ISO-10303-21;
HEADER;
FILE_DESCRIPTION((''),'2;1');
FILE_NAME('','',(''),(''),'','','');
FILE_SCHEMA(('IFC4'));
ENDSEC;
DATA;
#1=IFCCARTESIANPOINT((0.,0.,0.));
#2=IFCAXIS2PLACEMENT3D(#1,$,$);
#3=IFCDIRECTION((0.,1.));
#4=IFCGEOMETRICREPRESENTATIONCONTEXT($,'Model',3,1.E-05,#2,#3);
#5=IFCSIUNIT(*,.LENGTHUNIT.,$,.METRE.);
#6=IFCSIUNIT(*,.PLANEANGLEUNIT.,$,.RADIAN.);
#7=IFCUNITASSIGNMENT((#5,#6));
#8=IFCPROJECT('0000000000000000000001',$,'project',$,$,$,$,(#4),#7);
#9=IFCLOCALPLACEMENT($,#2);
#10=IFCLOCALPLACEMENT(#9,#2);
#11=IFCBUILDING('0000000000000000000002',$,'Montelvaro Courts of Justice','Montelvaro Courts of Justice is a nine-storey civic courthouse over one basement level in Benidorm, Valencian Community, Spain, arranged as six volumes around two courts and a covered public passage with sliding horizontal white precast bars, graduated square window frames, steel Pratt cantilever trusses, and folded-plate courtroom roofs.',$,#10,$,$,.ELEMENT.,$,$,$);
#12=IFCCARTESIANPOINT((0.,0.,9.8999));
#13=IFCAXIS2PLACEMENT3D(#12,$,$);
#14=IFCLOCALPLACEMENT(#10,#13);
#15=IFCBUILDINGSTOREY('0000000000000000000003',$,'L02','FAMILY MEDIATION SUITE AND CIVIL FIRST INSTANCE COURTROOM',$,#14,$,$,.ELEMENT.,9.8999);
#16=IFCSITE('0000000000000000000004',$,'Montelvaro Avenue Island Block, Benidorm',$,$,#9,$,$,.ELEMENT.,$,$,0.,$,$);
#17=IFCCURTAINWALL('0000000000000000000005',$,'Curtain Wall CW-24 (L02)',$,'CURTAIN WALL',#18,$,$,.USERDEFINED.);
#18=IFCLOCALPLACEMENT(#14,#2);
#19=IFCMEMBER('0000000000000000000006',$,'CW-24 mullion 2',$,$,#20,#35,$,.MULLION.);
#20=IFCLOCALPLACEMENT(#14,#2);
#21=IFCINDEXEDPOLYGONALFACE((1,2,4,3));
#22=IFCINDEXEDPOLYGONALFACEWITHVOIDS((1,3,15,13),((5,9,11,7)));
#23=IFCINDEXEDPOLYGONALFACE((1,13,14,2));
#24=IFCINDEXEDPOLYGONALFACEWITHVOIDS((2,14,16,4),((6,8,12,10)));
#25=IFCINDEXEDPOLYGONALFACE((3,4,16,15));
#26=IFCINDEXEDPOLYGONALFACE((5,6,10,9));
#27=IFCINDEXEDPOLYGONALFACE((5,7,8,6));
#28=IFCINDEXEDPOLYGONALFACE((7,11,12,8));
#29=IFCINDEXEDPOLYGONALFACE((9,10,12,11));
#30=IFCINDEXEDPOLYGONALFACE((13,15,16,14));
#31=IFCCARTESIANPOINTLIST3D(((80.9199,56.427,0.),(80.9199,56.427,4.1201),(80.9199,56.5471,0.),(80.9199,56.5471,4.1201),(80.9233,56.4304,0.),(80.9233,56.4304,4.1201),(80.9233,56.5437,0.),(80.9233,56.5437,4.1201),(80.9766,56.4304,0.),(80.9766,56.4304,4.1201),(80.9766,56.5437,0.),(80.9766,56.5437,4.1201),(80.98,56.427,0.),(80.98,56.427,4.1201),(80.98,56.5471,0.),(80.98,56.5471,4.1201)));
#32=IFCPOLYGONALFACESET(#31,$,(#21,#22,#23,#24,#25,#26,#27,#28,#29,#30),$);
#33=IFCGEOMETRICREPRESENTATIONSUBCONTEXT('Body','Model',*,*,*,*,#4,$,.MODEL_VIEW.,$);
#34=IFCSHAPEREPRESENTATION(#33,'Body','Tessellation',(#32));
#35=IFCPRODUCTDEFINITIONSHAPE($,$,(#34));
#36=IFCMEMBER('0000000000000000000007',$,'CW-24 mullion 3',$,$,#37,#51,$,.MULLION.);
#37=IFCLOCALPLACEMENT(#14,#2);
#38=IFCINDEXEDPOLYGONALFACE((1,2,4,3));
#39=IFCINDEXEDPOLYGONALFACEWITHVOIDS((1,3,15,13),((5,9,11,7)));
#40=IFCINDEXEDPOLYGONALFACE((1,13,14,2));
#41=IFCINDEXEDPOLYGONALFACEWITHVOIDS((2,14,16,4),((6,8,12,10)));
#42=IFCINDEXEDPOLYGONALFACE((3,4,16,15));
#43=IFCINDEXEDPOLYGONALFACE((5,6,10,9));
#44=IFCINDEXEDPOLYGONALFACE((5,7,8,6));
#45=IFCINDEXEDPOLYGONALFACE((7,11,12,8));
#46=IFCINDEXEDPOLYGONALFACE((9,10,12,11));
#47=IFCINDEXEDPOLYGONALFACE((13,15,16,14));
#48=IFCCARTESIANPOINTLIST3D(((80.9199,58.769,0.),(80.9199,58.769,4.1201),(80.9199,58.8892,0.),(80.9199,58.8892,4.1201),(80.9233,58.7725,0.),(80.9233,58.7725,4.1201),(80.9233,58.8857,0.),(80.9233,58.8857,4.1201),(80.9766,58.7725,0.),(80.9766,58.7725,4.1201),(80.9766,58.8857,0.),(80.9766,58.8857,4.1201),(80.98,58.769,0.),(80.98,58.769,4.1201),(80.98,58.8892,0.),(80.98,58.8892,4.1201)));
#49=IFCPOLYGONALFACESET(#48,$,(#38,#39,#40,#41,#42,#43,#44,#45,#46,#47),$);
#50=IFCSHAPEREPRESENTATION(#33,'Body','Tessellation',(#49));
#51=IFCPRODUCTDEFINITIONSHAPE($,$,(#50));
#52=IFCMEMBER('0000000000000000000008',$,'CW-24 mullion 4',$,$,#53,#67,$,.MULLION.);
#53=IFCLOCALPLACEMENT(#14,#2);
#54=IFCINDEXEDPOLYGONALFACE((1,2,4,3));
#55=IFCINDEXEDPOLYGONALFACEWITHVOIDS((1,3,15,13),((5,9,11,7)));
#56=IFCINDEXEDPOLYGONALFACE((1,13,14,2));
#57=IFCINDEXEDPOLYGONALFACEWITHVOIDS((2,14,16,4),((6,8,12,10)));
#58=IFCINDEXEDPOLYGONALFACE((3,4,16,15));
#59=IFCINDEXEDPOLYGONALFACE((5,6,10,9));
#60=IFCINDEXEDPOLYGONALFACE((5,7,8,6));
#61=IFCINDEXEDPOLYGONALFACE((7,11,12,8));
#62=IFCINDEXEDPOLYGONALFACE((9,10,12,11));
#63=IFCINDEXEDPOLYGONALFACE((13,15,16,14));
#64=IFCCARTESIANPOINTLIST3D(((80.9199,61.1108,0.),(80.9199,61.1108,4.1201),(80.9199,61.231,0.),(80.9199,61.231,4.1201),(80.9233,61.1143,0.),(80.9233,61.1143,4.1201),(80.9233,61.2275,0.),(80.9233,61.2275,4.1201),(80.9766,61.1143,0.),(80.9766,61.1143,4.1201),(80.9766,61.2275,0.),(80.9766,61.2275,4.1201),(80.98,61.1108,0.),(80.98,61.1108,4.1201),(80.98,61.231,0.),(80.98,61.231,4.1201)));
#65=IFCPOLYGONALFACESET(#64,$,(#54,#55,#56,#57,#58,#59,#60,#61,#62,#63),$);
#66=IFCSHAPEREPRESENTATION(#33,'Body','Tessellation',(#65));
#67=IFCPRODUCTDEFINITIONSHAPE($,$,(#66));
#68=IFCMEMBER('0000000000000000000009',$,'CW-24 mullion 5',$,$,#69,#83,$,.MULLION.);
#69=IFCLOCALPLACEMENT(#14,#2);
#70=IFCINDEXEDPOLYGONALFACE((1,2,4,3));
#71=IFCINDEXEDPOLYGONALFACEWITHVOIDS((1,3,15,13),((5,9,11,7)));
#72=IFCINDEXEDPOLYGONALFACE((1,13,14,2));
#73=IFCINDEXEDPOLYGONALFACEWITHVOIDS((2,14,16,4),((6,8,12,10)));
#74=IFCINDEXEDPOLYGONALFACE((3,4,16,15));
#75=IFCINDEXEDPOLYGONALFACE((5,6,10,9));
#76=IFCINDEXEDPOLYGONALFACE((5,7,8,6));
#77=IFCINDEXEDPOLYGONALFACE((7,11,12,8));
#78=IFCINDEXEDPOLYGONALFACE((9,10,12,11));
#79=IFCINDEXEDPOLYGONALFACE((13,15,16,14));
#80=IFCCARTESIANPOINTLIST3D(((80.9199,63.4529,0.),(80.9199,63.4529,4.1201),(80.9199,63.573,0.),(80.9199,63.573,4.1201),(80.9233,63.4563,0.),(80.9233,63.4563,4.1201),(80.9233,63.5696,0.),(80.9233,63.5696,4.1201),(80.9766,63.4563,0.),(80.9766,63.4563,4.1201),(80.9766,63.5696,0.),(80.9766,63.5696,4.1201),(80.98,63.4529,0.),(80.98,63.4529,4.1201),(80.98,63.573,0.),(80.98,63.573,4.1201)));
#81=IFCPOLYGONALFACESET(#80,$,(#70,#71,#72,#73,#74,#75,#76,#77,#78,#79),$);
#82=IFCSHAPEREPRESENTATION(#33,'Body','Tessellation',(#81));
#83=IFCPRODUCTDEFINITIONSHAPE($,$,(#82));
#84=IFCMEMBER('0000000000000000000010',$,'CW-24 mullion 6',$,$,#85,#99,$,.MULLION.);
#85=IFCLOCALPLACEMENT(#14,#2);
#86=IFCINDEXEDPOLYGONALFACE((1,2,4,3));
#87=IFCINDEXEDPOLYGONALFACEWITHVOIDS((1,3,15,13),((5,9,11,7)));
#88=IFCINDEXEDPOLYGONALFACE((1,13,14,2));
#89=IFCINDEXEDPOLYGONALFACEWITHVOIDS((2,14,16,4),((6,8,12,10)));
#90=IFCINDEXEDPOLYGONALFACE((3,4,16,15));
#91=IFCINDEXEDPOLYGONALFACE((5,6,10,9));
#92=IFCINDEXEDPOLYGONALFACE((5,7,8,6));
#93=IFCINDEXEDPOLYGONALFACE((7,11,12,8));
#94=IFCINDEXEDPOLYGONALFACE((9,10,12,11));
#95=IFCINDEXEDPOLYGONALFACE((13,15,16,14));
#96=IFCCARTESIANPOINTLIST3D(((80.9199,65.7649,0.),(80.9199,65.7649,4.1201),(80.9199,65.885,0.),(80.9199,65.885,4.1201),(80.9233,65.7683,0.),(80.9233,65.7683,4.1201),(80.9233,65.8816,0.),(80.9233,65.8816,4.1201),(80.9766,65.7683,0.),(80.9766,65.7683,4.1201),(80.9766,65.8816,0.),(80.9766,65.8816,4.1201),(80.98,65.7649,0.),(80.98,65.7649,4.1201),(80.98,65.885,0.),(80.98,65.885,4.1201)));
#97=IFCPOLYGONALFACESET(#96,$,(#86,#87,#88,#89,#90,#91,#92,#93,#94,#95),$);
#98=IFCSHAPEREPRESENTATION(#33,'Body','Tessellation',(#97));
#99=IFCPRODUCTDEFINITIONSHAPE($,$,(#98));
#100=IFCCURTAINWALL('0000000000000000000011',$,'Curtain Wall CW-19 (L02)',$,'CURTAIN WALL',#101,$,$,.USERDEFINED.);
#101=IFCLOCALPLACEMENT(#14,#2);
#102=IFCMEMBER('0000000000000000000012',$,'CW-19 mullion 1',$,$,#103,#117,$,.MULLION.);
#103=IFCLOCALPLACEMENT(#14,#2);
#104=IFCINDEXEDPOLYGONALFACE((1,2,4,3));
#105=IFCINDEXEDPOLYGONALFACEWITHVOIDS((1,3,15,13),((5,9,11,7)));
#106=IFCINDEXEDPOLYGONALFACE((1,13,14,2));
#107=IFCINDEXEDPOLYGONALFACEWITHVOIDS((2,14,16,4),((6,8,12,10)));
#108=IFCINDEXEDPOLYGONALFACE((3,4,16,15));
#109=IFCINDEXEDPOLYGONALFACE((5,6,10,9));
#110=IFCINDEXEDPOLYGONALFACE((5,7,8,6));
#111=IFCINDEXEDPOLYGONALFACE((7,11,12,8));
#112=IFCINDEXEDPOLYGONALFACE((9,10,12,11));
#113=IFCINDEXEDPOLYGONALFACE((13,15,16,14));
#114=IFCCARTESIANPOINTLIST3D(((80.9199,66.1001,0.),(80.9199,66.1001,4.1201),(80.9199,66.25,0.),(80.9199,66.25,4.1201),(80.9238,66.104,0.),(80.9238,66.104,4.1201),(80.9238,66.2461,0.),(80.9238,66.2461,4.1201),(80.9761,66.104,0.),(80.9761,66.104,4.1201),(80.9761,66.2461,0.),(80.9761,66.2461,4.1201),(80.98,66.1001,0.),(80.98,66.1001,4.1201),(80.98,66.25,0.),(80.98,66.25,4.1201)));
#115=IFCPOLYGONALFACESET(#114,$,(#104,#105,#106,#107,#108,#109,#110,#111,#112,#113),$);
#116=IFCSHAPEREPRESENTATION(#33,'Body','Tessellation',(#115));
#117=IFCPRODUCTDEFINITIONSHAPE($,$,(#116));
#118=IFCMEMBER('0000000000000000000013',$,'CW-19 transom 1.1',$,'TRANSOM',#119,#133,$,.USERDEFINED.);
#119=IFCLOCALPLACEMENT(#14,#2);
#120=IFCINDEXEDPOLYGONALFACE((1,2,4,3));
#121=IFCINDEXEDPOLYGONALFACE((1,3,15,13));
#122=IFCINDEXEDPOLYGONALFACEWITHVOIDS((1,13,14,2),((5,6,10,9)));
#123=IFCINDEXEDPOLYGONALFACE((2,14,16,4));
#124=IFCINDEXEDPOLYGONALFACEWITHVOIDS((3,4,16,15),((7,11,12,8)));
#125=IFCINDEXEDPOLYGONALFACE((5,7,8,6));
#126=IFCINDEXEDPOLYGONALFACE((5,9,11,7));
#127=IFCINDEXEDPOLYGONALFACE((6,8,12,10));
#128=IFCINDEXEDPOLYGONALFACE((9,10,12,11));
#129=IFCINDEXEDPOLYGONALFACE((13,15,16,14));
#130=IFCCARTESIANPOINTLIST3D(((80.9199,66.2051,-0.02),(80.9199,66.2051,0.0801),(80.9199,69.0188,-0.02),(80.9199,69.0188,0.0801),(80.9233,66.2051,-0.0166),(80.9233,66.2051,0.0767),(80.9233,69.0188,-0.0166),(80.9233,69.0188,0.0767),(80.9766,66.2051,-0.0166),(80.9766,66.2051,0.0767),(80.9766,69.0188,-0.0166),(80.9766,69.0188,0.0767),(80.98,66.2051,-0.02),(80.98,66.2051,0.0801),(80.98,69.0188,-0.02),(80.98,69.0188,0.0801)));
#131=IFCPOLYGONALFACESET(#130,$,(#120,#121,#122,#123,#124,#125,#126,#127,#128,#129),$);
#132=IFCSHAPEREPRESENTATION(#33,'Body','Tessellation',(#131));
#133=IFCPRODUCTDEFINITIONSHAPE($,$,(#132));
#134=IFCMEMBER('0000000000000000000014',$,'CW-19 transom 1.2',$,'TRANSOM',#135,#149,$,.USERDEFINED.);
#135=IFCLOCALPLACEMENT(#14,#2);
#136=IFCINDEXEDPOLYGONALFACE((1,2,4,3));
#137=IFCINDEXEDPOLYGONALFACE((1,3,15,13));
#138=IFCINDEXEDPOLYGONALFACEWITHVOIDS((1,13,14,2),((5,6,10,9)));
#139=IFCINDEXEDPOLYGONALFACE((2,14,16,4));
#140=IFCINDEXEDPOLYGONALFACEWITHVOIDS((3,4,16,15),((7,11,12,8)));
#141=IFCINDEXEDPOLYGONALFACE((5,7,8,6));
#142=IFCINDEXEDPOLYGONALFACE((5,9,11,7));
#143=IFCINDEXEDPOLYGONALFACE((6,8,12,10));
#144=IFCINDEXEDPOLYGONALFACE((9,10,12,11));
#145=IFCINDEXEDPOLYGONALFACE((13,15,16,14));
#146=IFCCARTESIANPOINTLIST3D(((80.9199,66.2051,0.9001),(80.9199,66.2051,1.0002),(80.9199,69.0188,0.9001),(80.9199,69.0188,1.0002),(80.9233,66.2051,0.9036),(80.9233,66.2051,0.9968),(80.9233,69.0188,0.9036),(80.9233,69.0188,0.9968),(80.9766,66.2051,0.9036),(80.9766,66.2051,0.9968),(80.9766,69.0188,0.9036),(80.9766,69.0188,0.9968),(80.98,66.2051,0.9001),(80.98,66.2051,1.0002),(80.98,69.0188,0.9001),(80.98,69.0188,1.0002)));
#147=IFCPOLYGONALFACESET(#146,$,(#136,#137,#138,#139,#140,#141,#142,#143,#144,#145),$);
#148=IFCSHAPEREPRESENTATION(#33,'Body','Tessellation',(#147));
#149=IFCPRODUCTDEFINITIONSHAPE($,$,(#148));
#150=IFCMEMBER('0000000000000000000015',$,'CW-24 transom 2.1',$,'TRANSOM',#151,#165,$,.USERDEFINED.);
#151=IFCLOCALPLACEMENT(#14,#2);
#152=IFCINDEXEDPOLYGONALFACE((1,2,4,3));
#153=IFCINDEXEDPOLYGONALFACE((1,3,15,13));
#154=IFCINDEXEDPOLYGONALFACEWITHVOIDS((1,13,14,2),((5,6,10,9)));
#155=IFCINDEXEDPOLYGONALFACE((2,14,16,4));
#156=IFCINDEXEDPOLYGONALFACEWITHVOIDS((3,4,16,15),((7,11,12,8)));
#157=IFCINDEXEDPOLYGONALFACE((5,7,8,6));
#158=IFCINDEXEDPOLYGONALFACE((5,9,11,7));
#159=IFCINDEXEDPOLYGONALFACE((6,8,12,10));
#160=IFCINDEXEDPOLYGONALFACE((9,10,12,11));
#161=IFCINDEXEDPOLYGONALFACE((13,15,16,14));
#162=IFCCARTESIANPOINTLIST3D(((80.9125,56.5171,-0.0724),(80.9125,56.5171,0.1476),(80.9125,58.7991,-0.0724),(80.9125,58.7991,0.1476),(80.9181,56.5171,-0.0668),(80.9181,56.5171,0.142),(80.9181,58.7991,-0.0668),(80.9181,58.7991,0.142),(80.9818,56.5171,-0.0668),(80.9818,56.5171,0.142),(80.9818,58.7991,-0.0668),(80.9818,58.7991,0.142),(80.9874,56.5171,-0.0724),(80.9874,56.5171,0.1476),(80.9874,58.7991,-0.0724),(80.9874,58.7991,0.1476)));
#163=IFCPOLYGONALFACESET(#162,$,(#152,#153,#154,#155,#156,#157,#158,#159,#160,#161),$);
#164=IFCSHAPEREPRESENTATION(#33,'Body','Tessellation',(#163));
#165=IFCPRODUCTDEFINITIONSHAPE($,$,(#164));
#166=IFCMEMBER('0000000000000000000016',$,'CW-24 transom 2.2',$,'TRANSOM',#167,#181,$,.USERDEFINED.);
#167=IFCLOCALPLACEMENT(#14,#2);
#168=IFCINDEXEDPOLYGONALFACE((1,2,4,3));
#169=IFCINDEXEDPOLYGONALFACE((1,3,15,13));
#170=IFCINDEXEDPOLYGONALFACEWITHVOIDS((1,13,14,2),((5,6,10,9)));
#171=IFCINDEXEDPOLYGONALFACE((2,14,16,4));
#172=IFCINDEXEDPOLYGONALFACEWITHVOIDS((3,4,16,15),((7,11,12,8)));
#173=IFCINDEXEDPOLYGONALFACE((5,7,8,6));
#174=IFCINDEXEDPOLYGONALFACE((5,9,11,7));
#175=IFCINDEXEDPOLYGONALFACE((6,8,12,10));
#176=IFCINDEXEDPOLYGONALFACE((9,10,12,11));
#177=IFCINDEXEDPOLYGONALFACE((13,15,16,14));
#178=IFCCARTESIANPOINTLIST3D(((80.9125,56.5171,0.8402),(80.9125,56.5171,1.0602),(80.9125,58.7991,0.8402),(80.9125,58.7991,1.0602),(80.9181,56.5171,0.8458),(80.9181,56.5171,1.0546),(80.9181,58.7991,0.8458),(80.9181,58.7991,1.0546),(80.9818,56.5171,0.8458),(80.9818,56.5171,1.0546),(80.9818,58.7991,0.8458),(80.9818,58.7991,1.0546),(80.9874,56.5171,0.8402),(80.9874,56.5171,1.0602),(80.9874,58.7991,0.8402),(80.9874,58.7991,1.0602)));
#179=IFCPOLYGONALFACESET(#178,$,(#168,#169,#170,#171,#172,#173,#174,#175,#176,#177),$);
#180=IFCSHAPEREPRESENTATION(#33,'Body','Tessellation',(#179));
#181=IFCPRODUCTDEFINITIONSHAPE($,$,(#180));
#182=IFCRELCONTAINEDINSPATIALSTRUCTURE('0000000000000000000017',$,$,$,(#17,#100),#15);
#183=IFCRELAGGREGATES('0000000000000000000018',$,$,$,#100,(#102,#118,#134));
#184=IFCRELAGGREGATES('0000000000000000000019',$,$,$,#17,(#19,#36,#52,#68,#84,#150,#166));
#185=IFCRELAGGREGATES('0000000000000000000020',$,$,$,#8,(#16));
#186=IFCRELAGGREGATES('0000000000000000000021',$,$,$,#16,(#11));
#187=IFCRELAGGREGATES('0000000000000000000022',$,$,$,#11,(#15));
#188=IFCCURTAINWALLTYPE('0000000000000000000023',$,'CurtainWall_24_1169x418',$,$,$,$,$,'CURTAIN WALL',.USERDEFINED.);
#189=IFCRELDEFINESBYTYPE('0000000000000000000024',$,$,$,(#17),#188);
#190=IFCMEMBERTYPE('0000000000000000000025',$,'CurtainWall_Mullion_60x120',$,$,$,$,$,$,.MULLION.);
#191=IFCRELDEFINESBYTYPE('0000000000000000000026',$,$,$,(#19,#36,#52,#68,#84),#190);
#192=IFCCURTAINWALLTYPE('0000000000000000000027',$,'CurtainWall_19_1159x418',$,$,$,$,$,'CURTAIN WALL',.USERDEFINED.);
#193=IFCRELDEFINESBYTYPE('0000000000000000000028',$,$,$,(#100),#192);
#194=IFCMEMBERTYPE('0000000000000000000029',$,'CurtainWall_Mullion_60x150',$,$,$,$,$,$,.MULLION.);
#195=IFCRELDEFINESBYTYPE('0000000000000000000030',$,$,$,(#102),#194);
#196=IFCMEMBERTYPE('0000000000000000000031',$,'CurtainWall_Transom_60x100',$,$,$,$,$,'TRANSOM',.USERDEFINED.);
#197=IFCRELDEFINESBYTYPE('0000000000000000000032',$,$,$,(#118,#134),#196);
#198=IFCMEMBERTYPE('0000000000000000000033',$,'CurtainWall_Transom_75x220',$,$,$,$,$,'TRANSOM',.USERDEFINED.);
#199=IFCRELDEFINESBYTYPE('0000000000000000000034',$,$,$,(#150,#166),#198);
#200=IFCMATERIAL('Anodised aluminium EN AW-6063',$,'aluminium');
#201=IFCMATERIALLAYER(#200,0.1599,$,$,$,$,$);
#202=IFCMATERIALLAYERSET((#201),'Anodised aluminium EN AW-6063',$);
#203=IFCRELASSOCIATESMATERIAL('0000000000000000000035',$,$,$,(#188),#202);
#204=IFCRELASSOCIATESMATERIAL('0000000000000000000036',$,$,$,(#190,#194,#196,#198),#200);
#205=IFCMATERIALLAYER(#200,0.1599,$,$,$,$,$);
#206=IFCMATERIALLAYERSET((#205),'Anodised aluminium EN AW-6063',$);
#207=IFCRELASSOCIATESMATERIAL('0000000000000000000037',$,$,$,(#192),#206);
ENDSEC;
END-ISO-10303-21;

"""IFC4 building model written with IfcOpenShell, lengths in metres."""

from ifc_helpers import new_model, si_unit, direction, frame, origin, origin_2d, place, context, subcontext, project, spatial, hollow_rectangle, extrude, material, layer, layer_set, material_profile, profile_set, type_object, element, aggregate, save


model = new_model("IFC4")

# Units and contexts
model_context = context("Model", 3, precision=1e-05, world=origin(), true_north=direction((0.0, 1.0)))
body_context = subcontext(model_context, "Body", "Model", "MODEL_VIEW")
ifc_project = project(units=[si_unit("LENGTHUNIT", "METRE"), si_unit("PLANEANGLEUNIT", "RADIAN")], contexts=[model_context])

# Site, building, storey
site_placement = place(None, origin())
site = spatial("IfcSite", under=ifc_project, at=site_placement, Name="Montelvaro Avenue Island Block, Benidorm", CompositionType="ELEMENT", RefElevation=0.0)
building_placement = place(site_placement, origin())
building = spatial("IfcBuilding", under=site, at=building_placement, Name="Montelvaro Courts of Justice", Description="Montelvaro Courts of Justice is a nine-storey civic courthouse over one basement level in Benidorm, Valencian Community, Spain, arranged as six volumes around two courts and a covered public passage with sliding horizontal white precast bars, graduated square window frames, steel Pratt cantilever trusses, and folded-plate courtroom roofs.", CompositionType="ELEMENT")
storey_placement = place(building_placement, frame((0.0, 0.0, 9.8999)))
storey = spatial("IfcBuildingStorey", under=building, at=storey_placement, Name="L02", Description="FAMILY MEDIATION SUITE AND CIVIL FIRST INSTANCE COURTROOM", CompositionType="ELEMENT", Elevation=9.8999)

# Curtain walls, members
ifc_material_1 = material(Name="Anodised aluminium EN AW-6063", Category="aluminium")
ifc_layer_1 = layer(ifc_material_1, 0.1599)
ifc_layer_set_1 = layer_set([ifc_layer_1], Name="Anodised aluminium EN AW-6063")
curtain_wall_type_1 = type_object("IfcCurtainWallType", Name="CurtainWall_24_1169x418", ElementType="CURTAIN WALL", PredefinedType="USERDEFINED", material=ifc_layer_set_1)
curtain_wall_1_placement = place(storey_placement, origin())
curtain_wall_1 = element("IfcCurtainWall", 1, at=curtain_wall_1_placement, inside=storey, type_object=curtain_wall_type_1, Name="Curtain Wall CW-24 (L02)", ObjectType="CURTAIN WALL", PredefinedType="USERDEFINED")
ifc_material_profile_1 = material_profile(ifc_material_1, hollow_rectangle(XDim=0.0601, YDim=0.1201, WallThickness=0.0034, at=origin_2d()), Name="ALU-M 60x120")
ifc_profile_set_1 = profile_set([ifc_material_profile_1], Name="Anodised aluminium EN AW-6063")
member_type_1 = type_object("IfcMemberType", Name="CurtainWall_Mullion_60x120", PredefinedType="MULLION", material=ifc_profile_set_1)
member_1_placement = place(storey_placement, frame((80.95, 56.4871, 0.0), z_axis=(0.0, 0.0, 1.0), x_axis=(-1.0, 0.0, 0.0)))
member_1 = element("IfcMember", 2, at=member_1_placement, type_object=member_type_1, Name="CW-24 mullion 2", PredefinedType="MULLION", context=body_context, shape_type="SweptSolid", body=[
    extrude(hollow_rectangle(XDim=0.0601, YDim=0.1201, WallThickness=0.0034, at=origin_2d()), origin(), (0.0, 0.0, 1.0), 4.1201),
])
member_2_placement = place(storey_placement, frame((80.95, 58.8291, 0.0), z_axis=(0.0, 0.0, 1.0), x_axis=(-1.0, 0.0, 0.0)))
member_2 = element("IfcMember", 3, at=member_2_placement, type_object=member_type_1, Name="CW-24 mullion 3", PredefinedType="MULLION", context=body_context, shape_type="SweptSolid", body=[
    extrude(hollow_rectangle(XDim=0.0601, YDim=0.1201, WallThickness=0.0034, at=origin_2d()), origin(), (0.0, 0.0, 1.0), 4.1201),
])
member_3_placement = place(storey_placement, frame((80.95, 61.1709, 0.0), z_axis=(0.0, 0.0, 1.0), x_axis=(-1.0, 0.0, 0.0)))
member_3 = element("IfcMember", 4, at=member_3_placement, type_object=member_type_1, Name="CW-24 mullion 4", PredefinedType="MULLION", context=body_context, shape_type="SweptSolid", body=[
    extrude(hollow_rectangle(XDim=0.0601, YDim=0.1201, WallThickness=0.0034, at=origin_2d()), origin(), (0.0, 0.0, 1.0), 4.1201),
])
member_4_placement = place(storey_placement, frame((80.95, 63.5129, 0.0), z_axis=(0.0, 0.0, 1.0), x_axis=(-1.0, 0.0, 0.0)))
member_4 = element("IfcMember", 5, at=member_4_placement, type_object=member_type_1, Name="CW-24 mullion 5", PredefinedType="MULLION", context=body_context, shape_type="SweptSolid", body=[
    extrude(hollow_rectangle(XDim=0.0601, YDim=0.1201, WallThickness=0.0034, at=origin_2d()), origin(), (0.0, 0.0, 1.0), 4.1201),
])
member_5_placement = place(storey_placement, frame((80.95, 65.825, 0.0), z_axis=(0.0, 0.0, 1.0), x_axis=(-1.0, 0.0, 0.0)))
member_5 = element("IfcMember", 6, at=member_5_placement, type_object=member_type_1, Name="CW-24 mullion 6", PredefinedType="MULLION", context=body_context, shape_type="SweptSolid", body=[
    extrude(hollow_rectangle(XDim=0.0601, YDim=0.1201, WallThickness=0.0034, at=origin_2d()), origin(), (0.0, 0.0, 1.0), 4.1201),
])
ifc_layer_2 = layer(ifc_material_1, 0.1599)
ifc_layer_set_2 = layer_set([ifc_layer_2], Name="Anodised aluminium EN AW-6063")
curtain_wall_type_2 = type_object("IfcCurtainWallType", Name="CurtainWall_19_1159x418", ElementType="CURTAIN WALL", PredefinedType="USERDEFINED", material=ifc_layer_set_2)
curtain_wall_2_placement = place(storey_placement, origin())
curtain_wall_2 = element("IfcCurtainWall", 7, at=curtain_wall_2_placement, inside=storey, type_object=curtain_wall_type_2, Name="Curtain Wall CW-19 (L02)", ObjectType="CURTAIN WALL", PredefinedType="USERDEFINED")
ifc_material_profile_2 = material_profile(ifc_material_1, hollow_rectangle(XDim=0.0601, YDim=0.1499, WallThickness=0.0039, at=origin_2d()), Name="ALU-M 60x150")
ifc_profile_set_2 = profile_set([ifc_material_profile_2], Name="Anodised aluminium EN AW-6063")
member_type_2 = type_object("IfcMemberType", Name="CurtainWall_Mullion_60x150", PredefinedType="MULLION", material=ifc_profile_set_2)
member_6_placement = place(storey_placement, frame((80.95, 66.175, 0.0), z_axis=(0.0, 0.0, 1.0), x_axis=(-1.0, 0.0, 0.0)))
member_6 = element("IfcMember", 8, at=member_6_placement, type_object=member_type_2, Name="CW-19 mullion 1", PredefinedType="MULLION", context=body_context, shape_type="SweptSolid", body=[
    extrude(hollow_rectangle(XDim=0.0601, YDim=0.1499, WallThickness=0.0039, at=origin_2d()), origin(), (0.0, 0.0, 1.0), 4.1201),
])
ifc_material_profile_3 = material_profile(ifc_material_1, hollow_rectangle(XDim=0.0601, YDim=0.1001, WallThickness=0.0034, at=origin_2d()), Name="ALU-T 60x100")
ifc_profile_set_3 = profile_set([ifc_material_profile_3], Name="Anodised aluminium EN AW-6063")
member_type_3 = type_object("IfcMemberType", Name="CurtainWall_Transom_60x100", ElementType="TRANSOM", PredefinedType="USERDEFINED", material=ifc_profile_set_3)
member_7_placement = place(storey_placement, frame((80.95, 66.2051, 0.03), z_axis=(0.0, 1.0, 0.0), x_axis=(-1.0, 0.0, 0.0)))
member_7 = element("IfcMember", 9, at=member_7_placement, type_object=member_type_3, Name="CW-19 transom 1.1", ObjectType="TRANSOM", PredefinedType="USERDEFINED", context=body_context, shape_type="SweptSolid", body=[
    extrude(hollow_rectangle(XDim=0.0601, YDim=0.1001, WallThickness=0.0034, at=origin_2d()), origin(), (0.0, 0.0, 1.0), 2.8137),
])
member_8_placement = place(storey_placement, frame((80.95, 66.2051, 0.9502), z_axis=(0.0, 1.0, 0.0), x_axis=(-1.0, 0.0, 0.0)))
member_8 = element("IfcMember", 10, at=member_8_placement, type_object=member_type_3, Name="CW-19 transom 1.2", ObjectType="TRANSOM", PredefinedType="USERDEFINED", context=body_context, shape_type="SweptSolid", body=[
    extrude(hollow_rectangle(XDim=0.0601, YDim=0.1001, WallThickness=0.0034, at=origin_2d()), origin(), (0.0, 0.0, 1.0), 2.8137),
])
aggregate(curtain_wall_2, [member_6, member_7, member_8])

# Members
ifc_material_profile_4 = material_profile(ifc_material_1, hollow_rectangle(XDim=0.075, YDim=0.22, WallThickness=0.0056, at=origin_2d()), Name="ALU-T 75x220")
ifc_profile_set_4 = profile_set([ifc_material_profile_4], Name="Anodised aluminium EN AW-6063")
member_type_4 = type_object("IfcMemberType", Name="CurtainWall_Transom_75x220", ElementType="TRANSOM", PredefinedType="USERDEFINED", material=ifc_profile_set_4)
member_9_placement = place(storey_placement, frame((80.95, 56.5171, 0.0376), z_axis=(0.0, 1.0, 0.0), x_axis=(-1.0, 0.0, 0.0)))
member_9 = element("IfcMember", 11, at=member_9_placement, type_object=member_type_4, Name="CW-24 transom 2.1", ObjectType="TRANSOM", PredefinedType="USERDEFINED", context=body_context, shape_type="SweptSolid", body=[
    extrude(hollow_rectangle(XDim=0.075, YDim=0.22, WallThickness=0.0056, at=origin_2d()), origin(), (0.0, 0.0, 1.0), 2.282),
])
member_10_placement = place(storey_placement, frame((80.95, 56.5171, 0.9502), z_axis=(0.0, 1.0, 0.0), x_axis=(-1.0, 0.0, 0.0)))
member_10 = element("IfcMember", 12, at=member_10_placement, type_object=member_type_4, Name="CW-24 transom 2.2", ObjectType="TRANSOM", PredefinedType="USERDEFINED", context=body_context, shape_type="SweptSolid", body=[
    extrude(hollow_rectangle(XDim=0.075, YDim=0.22, WallThickness=0.0056, at=origin_2d()), origin(), (0.0, 0.0, 1.0), 2.282),
])

aggregate(curtain_wall_1, [member_1, member_2, member_3, member_4, member_5, member_9, member_10])

save(model, "model.ifc")
